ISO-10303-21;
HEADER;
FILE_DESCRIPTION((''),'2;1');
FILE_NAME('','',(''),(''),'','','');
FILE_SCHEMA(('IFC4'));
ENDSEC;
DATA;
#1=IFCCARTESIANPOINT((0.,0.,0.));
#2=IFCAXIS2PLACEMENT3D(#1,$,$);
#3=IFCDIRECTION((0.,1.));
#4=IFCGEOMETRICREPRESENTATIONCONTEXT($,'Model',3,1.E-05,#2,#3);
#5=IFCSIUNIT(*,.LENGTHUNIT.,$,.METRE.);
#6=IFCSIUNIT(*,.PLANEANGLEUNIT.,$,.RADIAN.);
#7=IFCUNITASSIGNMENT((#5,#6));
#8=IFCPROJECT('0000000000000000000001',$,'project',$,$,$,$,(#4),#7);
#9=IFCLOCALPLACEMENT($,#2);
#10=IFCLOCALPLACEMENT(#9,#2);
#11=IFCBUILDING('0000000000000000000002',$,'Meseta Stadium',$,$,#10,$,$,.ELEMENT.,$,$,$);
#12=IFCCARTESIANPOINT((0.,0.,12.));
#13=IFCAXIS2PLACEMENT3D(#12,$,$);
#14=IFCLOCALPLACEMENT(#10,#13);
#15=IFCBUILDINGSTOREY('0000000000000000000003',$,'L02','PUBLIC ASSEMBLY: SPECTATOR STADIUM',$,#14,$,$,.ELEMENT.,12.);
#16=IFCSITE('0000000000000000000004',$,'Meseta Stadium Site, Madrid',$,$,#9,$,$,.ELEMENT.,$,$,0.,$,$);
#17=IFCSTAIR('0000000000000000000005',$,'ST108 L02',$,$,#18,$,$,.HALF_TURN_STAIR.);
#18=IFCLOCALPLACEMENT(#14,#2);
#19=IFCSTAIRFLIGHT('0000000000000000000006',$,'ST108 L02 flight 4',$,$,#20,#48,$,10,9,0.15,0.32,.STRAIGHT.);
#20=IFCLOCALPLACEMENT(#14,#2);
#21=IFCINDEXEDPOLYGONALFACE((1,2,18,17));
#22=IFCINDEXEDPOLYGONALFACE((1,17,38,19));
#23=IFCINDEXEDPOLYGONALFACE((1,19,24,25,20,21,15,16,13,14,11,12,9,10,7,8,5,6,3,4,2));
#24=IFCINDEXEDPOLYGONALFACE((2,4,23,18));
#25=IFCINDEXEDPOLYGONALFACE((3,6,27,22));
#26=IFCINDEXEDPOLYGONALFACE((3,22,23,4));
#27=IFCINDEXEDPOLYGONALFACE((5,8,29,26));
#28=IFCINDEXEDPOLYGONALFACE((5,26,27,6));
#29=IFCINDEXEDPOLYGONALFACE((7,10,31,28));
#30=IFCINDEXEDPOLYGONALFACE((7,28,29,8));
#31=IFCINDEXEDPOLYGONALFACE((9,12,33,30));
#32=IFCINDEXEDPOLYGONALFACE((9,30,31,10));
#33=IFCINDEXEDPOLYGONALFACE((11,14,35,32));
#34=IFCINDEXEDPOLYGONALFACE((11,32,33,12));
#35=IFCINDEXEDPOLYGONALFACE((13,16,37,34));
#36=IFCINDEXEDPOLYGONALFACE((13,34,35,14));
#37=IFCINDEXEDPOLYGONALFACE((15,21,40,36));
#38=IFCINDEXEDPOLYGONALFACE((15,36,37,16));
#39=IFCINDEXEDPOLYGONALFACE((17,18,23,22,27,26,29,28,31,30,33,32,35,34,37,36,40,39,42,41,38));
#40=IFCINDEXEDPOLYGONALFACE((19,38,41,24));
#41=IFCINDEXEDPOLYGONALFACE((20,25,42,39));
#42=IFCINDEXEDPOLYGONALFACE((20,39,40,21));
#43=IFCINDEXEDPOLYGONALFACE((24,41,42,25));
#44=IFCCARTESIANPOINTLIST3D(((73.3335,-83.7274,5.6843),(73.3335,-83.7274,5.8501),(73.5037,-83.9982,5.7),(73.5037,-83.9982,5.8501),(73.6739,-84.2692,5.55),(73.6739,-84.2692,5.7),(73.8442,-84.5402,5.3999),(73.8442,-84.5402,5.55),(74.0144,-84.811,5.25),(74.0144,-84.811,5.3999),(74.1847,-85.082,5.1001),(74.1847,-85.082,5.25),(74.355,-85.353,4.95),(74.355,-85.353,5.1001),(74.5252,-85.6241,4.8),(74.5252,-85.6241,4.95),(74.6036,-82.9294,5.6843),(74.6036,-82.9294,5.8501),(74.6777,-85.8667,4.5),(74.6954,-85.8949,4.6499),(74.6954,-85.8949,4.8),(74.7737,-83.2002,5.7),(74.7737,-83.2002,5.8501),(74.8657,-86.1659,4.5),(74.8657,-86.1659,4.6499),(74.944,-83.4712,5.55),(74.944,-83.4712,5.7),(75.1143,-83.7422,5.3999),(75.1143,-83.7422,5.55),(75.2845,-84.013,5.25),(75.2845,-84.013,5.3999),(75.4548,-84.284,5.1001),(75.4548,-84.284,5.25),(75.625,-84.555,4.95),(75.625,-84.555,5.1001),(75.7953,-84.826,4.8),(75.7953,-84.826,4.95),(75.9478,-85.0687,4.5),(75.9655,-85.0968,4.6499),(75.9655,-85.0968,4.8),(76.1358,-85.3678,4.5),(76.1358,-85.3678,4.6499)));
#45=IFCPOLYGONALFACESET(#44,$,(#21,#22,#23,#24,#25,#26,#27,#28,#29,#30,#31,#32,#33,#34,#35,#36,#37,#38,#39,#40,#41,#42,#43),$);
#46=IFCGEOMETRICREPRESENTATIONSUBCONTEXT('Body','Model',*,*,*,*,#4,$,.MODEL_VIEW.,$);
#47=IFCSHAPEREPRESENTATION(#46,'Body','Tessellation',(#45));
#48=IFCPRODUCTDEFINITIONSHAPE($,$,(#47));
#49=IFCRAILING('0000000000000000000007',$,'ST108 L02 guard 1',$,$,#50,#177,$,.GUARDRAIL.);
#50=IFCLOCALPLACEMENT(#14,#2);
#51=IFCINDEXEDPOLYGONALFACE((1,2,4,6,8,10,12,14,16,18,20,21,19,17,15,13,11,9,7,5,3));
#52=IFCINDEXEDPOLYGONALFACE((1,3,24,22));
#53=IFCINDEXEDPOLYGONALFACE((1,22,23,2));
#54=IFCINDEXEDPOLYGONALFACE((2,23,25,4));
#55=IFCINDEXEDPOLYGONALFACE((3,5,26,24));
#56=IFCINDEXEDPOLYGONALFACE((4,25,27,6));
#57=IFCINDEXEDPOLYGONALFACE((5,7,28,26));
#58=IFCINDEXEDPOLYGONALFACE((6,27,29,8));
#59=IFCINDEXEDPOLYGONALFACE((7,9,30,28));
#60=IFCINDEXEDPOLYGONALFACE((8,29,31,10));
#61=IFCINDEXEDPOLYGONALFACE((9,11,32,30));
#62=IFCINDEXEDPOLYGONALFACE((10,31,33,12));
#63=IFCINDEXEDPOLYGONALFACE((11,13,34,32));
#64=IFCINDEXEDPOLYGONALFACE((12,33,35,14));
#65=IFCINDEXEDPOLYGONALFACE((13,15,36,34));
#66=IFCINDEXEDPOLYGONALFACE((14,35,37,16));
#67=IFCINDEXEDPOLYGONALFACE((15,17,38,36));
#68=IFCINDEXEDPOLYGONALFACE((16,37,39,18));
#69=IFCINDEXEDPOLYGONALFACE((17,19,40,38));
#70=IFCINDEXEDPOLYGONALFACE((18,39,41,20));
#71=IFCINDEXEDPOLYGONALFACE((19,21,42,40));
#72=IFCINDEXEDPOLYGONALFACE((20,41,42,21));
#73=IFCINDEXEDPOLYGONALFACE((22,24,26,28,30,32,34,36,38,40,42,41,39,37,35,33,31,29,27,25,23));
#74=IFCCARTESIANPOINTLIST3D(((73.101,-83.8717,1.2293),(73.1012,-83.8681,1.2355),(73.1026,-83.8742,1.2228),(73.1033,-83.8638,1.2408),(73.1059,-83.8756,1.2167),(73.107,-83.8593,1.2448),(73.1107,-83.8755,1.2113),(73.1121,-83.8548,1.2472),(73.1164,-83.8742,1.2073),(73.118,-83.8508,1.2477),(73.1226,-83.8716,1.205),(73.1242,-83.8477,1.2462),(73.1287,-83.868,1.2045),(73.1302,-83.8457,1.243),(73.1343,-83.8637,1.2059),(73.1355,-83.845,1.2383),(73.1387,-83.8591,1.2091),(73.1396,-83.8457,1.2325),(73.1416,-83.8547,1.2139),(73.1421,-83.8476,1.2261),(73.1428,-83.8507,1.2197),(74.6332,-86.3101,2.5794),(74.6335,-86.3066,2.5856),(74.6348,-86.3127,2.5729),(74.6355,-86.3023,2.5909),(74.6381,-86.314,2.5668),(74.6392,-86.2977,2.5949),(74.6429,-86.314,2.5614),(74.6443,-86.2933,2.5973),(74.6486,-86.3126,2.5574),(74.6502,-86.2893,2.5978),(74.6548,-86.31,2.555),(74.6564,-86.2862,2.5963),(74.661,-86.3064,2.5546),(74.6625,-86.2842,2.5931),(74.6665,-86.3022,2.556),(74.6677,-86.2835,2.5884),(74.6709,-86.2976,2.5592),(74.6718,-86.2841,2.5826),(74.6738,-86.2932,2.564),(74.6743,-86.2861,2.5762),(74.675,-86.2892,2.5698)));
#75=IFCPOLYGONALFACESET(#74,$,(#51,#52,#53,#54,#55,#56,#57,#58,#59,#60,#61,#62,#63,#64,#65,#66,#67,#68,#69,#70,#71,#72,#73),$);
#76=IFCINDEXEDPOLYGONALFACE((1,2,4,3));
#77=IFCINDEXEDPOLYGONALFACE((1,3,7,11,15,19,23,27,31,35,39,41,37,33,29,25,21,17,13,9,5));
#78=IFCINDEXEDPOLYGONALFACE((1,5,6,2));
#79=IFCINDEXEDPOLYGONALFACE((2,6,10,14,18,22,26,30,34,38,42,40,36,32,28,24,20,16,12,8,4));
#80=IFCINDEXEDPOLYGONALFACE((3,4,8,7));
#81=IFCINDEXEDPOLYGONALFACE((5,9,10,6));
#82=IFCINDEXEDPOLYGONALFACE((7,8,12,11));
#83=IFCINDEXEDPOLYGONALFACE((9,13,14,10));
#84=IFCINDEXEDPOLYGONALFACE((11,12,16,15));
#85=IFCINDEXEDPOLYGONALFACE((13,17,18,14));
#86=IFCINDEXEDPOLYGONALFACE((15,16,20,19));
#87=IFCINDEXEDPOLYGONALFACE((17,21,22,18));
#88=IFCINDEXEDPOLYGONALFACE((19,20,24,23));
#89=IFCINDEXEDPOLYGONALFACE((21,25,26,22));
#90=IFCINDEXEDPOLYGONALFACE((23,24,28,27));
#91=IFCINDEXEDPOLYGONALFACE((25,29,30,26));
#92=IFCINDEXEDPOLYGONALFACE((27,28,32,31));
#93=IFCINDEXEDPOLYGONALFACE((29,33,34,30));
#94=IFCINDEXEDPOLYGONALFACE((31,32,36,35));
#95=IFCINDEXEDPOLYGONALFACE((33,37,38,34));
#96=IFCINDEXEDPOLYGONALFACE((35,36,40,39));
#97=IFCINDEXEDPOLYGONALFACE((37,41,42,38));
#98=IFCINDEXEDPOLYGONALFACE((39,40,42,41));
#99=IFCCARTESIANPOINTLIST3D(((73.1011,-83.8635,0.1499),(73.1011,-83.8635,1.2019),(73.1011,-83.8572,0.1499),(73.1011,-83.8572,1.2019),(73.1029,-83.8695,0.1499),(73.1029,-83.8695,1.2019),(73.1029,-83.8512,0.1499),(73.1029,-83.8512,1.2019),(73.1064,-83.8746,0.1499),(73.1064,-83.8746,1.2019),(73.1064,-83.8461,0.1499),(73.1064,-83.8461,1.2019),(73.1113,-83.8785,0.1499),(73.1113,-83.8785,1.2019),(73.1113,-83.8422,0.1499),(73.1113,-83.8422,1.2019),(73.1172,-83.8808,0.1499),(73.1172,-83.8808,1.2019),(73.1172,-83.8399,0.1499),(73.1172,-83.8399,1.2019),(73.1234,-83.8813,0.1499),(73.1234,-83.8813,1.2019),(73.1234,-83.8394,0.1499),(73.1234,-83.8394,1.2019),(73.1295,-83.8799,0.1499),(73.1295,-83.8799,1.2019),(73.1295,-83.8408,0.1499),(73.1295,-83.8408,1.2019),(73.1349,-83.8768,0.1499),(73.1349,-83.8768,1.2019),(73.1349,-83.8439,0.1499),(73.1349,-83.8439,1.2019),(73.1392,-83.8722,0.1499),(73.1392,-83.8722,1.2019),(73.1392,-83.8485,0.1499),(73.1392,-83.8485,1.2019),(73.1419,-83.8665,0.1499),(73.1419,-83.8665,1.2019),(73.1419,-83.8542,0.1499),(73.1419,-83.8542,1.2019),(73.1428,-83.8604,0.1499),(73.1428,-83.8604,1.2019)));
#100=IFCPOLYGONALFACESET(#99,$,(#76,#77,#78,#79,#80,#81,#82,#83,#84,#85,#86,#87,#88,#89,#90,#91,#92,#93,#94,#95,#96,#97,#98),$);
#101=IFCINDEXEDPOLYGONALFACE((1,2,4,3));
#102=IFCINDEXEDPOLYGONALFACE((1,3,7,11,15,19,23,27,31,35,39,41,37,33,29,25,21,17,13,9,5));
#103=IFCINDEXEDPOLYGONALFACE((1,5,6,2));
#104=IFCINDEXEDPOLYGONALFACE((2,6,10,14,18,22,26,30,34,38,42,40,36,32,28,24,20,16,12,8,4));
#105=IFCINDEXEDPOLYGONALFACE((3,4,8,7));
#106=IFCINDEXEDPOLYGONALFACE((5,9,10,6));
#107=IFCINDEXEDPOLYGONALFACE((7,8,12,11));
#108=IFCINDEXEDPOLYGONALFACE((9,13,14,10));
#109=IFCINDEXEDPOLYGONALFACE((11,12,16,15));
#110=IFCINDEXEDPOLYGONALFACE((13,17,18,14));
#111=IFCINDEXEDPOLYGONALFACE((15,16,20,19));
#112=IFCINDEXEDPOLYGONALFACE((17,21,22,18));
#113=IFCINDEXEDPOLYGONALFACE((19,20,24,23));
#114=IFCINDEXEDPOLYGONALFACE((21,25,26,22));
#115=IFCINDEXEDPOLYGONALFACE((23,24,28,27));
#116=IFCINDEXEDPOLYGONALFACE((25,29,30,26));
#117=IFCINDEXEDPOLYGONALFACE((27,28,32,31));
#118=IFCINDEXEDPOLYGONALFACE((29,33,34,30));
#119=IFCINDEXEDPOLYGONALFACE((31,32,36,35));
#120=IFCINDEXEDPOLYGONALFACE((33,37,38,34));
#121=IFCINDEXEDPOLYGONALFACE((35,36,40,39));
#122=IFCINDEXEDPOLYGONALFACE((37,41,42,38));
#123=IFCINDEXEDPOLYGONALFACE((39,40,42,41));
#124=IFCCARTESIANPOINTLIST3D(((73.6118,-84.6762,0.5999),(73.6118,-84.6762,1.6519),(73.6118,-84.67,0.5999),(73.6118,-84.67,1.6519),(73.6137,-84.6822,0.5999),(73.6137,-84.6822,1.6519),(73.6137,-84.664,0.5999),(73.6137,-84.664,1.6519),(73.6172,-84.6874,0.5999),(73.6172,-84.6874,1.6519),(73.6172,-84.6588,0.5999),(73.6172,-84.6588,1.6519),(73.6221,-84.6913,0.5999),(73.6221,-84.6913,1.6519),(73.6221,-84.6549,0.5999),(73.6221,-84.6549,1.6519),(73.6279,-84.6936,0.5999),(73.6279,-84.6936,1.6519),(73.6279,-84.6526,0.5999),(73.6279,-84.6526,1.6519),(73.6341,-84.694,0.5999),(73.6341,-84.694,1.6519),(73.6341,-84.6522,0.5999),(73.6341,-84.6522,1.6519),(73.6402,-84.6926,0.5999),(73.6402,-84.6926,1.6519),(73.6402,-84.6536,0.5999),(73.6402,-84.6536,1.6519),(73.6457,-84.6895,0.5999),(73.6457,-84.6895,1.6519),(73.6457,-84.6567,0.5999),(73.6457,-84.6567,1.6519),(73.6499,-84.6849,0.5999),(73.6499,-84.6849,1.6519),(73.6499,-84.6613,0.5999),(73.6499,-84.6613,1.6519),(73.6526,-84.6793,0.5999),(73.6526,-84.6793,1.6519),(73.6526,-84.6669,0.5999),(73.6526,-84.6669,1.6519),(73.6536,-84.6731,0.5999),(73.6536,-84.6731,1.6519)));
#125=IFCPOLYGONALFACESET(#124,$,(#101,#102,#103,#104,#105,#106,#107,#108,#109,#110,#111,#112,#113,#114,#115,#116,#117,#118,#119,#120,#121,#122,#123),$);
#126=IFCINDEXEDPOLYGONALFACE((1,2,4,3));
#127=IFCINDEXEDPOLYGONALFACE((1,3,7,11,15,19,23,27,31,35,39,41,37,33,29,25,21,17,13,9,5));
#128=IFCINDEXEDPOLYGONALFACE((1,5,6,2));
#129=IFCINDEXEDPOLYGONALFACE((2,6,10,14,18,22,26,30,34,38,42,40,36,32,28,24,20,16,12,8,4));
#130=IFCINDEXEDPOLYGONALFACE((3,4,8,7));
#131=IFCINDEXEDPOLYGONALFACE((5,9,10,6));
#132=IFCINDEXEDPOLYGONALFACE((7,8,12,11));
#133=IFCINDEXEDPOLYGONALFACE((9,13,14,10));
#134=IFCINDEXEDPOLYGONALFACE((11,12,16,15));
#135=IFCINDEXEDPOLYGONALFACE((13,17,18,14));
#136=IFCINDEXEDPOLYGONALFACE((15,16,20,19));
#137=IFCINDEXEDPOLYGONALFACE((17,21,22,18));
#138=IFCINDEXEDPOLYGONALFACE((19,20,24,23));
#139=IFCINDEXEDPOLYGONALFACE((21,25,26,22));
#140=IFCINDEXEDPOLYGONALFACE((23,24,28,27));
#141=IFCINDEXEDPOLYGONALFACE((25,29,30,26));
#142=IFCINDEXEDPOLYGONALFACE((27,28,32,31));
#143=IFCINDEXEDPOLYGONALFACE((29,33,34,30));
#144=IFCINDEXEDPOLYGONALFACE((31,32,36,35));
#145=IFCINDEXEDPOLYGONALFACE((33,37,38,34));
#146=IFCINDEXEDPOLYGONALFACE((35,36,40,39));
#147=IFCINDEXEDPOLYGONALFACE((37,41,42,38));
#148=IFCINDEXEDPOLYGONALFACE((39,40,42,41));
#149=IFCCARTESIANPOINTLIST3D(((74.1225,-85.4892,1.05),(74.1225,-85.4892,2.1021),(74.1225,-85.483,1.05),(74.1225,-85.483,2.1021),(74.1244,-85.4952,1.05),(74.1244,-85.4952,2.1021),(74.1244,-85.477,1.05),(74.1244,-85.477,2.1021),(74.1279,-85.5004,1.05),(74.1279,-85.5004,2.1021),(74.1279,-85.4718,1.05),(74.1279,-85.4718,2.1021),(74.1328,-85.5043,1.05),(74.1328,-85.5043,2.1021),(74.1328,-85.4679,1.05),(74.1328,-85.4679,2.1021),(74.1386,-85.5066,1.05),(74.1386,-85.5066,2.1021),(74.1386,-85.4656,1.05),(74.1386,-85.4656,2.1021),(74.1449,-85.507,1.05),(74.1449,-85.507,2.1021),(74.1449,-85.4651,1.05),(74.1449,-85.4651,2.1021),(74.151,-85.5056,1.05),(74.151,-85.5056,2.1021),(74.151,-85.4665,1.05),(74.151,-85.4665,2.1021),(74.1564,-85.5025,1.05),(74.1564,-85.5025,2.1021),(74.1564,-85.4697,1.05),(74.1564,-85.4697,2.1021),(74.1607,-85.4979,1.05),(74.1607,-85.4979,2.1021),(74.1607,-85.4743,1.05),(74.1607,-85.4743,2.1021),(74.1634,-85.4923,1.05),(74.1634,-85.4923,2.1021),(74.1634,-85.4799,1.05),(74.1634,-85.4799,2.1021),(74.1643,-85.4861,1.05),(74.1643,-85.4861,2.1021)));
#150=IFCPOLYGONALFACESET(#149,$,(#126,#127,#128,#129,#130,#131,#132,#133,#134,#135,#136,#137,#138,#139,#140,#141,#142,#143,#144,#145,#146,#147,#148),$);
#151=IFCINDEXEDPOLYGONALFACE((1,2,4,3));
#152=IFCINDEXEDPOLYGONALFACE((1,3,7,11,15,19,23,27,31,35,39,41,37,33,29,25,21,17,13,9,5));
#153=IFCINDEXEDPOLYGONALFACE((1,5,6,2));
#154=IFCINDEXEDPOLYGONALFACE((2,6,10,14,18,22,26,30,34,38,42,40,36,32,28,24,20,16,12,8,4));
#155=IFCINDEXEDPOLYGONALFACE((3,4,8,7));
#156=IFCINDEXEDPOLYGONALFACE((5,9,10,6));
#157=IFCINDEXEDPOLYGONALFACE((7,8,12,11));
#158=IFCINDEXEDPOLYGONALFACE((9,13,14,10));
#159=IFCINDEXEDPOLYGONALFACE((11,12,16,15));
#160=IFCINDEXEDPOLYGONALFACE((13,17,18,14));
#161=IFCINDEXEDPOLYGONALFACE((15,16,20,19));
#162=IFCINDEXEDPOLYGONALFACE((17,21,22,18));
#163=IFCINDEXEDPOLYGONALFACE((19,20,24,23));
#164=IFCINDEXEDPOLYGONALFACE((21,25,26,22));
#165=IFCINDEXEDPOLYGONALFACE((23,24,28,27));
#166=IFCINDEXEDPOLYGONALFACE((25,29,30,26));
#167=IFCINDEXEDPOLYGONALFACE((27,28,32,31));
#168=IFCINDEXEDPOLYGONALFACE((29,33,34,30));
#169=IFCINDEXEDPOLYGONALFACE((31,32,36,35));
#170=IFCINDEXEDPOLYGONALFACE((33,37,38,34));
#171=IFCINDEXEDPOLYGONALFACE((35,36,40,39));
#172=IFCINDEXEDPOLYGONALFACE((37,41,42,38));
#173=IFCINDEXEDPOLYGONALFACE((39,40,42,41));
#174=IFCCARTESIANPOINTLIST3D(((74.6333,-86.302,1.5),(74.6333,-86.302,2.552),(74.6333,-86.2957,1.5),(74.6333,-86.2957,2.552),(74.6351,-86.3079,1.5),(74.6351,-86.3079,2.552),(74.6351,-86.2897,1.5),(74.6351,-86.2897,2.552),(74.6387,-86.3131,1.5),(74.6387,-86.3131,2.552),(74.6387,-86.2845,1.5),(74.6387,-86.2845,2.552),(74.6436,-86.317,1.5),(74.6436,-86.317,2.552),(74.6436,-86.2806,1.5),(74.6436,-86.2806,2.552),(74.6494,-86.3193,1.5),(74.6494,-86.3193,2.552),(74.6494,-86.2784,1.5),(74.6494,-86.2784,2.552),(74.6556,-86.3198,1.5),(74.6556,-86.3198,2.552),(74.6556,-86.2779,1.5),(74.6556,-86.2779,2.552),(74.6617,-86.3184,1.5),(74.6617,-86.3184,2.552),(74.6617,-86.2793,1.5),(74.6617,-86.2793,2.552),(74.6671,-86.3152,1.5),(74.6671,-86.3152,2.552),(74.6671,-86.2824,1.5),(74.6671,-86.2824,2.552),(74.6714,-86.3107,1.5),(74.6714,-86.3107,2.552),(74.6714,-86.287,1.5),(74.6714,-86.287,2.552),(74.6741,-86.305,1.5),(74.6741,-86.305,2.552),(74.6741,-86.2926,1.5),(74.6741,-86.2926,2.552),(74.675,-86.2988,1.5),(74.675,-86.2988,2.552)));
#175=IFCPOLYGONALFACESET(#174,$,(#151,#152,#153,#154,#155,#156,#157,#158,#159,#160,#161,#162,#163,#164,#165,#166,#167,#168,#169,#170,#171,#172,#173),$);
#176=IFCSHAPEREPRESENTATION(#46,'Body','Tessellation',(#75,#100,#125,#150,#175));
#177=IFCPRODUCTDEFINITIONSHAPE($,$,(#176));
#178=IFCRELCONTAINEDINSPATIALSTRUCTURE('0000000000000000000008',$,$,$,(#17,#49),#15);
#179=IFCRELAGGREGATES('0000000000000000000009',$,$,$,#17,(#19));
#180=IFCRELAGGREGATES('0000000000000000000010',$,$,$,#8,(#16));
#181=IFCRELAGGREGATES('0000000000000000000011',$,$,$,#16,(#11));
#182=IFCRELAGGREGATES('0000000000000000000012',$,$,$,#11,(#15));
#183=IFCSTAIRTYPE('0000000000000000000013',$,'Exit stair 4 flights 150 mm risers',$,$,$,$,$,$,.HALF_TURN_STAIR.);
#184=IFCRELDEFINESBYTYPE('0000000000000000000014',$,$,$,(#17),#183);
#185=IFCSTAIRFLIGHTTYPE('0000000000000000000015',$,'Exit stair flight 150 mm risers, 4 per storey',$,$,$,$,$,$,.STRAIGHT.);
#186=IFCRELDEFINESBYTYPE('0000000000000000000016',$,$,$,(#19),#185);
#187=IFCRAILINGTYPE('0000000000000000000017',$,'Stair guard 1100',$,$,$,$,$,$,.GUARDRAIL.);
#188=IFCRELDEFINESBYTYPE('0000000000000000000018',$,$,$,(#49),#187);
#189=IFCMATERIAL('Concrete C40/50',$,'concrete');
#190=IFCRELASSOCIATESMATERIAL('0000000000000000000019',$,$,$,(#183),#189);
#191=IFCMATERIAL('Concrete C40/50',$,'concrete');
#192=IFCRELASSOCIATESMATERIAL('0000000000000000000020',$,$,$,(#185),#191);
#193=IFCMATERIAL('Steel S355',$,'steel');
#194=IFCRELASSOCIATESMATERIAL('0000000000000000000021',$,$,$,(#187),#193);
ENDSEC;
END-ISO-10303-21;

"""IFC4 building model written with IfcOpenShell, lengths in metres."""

from ifc_helpers import new_model, si_unit, direction, frame, origin, origin_2d, place, context, subcontext, project, spatial, polyline, circle, outline, extrude, material, type_object, element, aggregate, save


model = new_model("IFC4")

# Units and contexts
model_context = context("Model", 3, precision=1e-05, world=origin(), true_north=direction((0.0, 1.0)))
body_context = subcontext(model_context, "Body", "Model", "MODEL_VIEW")
ifc_project = project(units=[si_unit("LENGTHUNIT", "METRE"), si_unit("PLANEANGLEUNIT", "RADIAN")], contexts=[model_context])

# Site, building, storey
site_placement = place(None, origin())
site = spatial("IfcSite", under=ifc_project, at=site_placement, Name="Meseta Stadium Site, Madrid", CompositionType="ELEMENT", RefElevation=0.0)
building_placement = place(site_placement, origin())
building = spatial("IfcBuilding", under=site, at=building_placement, Name="Meseta Stadium", CompositionType="ELEMENT")
storey_placement = place(building_placement, frame((0.0, 0.0, 12.0)))
storey = spatial("IfcBuildingStorey", under=building, at=storey_placement, Name="L02", Description="PUBLIC ASSEMBLY: SPECTATOR STADIUM", CompositionType="ELEMENT", Elevation=12.0)

# Stair, stair flight
ifc_material_1 = material(Name="Concrete C40/50", Category="concrete")
stair_type = type_object("IfcStairType", Name="Exit stair 4 flights 150 mm risers", PredefinedType="HALF_TURN_STAIR", material=ifc_material_1)
ifc_material_2 = material(Name="Concrete C40/50", Category="concrete")
stair_flight_type = type_object("IfcStairFlightType", Name="Exit stair flight 150 mm risers, 4 per storey", PredefinedType="STRAIGHT", material=ifc_material_2)
stair_1_placement = place(storey_placement, origin())
stair_1 = element("IfcStair", 1, at=stair_1_placement, inside=storey, type_object=stair_type, Name="ST108 L02", PredefinedType="HALF_TURN_STAIR")
stair_flight_1_placement = place(storey_placement, frame((75.5007, -85.7668, 4.5), z_axis=(0.0, 0.0, 1.0), x_axis=(-0.532032, 0.846724, 0.0)))
stair_flight_1 = element("IfcStairFlight", 2, at=stair_flight_1_placement, type_object=stair_flight_type, Name="ST108 L02 flight 4", NumberOfRisers=10, NumberOfTreads=9, PredefinedType="STRAIGHT", RiserHeight=0.15, TreadLength=0.32, context=body_context, shape_type="SweptSolid", body=[
    extrude(outline(polyline([(0.0, 0.0), (0.0, 0.1499), (0.3201, 0.1499), (0.3201, 0.3), (0.6399, 0.3), (0.6399, 0.45), (0.96, 0.45), (0.96, 0.6001), (1.28, 0.6001), (1.28, 0.75), (1.6001, 0.75), (1.6001, 0.8999), (1.9199, 0.8999), (1.9199, 1.05), (2.24, 1.05), (2.24, 1.2), (2.5601, 1.2), (2.5601, 1.3501), (2.8799, 1.3501), (2.8799, 1.1843), (0.3533, 0.0), (0.0, 0.0)])), frame((0.0, 0.75, 0.0), z_axis=(0.0, -1.0, 0.0), x_axis=(1.0, 0.0, 0.0)), (0.0, 0.0, 1.0), 1.5),
])
aggregate(stair_1, [stair_flight_1])

# Railing
ifc_material_3 = material(Name="Steel S355", Category="steel")
railing_type_1 = type_object("IfcRailingType", Name="Stair guard 1100", PredefinedType="GUARDRAIL", material=ifc_material_3)
railing_1_placement = place(storey_placement, frame((73.1218, -83.8604, 0.1499)))
element("IfcRailing", 3, at=railing_1_placement, inside=storey, type_object=railing_type_1, Name="ST108 L02 guard 1", PredefinedType="GUARDRAIL", context=body_context, shape_type="SweptSolid", body=[
    extrude(circle(Radius=0.0239, at=origin_2d()), frame((0.0, 0.0, 1.0762), z_axis=(0.481731, -0.766655, 0.42447), x_axis=(0.846719, 0.53204, 0.0)), (0.0, 0.0, 1.0), 3.1807),
    extrude(circle(Radius=0.021, at=origin_2d()), origin(), (0.0, 0.0, 1.0), 1.052),
    extrude(circle(Radius=0.021, at=origin_2d()), frame((0.5107, -0.8127, 0.45)), (0.0, 0.0, 1.0), 1.052),
    extrude(circle(Radius=0.021, at=origin_2d()), frame((1.0215, -1.6257, 0.9001)), (0.0, 0.0, 1.0), 1.052),
    extrude(circle(Radius=0.021, at=origin_2d()), frame((1.5322, -2.4385, 1.3501)), (0.0, 0.0, 1.0), 1.052),
])

save(model, "model.ifc")
